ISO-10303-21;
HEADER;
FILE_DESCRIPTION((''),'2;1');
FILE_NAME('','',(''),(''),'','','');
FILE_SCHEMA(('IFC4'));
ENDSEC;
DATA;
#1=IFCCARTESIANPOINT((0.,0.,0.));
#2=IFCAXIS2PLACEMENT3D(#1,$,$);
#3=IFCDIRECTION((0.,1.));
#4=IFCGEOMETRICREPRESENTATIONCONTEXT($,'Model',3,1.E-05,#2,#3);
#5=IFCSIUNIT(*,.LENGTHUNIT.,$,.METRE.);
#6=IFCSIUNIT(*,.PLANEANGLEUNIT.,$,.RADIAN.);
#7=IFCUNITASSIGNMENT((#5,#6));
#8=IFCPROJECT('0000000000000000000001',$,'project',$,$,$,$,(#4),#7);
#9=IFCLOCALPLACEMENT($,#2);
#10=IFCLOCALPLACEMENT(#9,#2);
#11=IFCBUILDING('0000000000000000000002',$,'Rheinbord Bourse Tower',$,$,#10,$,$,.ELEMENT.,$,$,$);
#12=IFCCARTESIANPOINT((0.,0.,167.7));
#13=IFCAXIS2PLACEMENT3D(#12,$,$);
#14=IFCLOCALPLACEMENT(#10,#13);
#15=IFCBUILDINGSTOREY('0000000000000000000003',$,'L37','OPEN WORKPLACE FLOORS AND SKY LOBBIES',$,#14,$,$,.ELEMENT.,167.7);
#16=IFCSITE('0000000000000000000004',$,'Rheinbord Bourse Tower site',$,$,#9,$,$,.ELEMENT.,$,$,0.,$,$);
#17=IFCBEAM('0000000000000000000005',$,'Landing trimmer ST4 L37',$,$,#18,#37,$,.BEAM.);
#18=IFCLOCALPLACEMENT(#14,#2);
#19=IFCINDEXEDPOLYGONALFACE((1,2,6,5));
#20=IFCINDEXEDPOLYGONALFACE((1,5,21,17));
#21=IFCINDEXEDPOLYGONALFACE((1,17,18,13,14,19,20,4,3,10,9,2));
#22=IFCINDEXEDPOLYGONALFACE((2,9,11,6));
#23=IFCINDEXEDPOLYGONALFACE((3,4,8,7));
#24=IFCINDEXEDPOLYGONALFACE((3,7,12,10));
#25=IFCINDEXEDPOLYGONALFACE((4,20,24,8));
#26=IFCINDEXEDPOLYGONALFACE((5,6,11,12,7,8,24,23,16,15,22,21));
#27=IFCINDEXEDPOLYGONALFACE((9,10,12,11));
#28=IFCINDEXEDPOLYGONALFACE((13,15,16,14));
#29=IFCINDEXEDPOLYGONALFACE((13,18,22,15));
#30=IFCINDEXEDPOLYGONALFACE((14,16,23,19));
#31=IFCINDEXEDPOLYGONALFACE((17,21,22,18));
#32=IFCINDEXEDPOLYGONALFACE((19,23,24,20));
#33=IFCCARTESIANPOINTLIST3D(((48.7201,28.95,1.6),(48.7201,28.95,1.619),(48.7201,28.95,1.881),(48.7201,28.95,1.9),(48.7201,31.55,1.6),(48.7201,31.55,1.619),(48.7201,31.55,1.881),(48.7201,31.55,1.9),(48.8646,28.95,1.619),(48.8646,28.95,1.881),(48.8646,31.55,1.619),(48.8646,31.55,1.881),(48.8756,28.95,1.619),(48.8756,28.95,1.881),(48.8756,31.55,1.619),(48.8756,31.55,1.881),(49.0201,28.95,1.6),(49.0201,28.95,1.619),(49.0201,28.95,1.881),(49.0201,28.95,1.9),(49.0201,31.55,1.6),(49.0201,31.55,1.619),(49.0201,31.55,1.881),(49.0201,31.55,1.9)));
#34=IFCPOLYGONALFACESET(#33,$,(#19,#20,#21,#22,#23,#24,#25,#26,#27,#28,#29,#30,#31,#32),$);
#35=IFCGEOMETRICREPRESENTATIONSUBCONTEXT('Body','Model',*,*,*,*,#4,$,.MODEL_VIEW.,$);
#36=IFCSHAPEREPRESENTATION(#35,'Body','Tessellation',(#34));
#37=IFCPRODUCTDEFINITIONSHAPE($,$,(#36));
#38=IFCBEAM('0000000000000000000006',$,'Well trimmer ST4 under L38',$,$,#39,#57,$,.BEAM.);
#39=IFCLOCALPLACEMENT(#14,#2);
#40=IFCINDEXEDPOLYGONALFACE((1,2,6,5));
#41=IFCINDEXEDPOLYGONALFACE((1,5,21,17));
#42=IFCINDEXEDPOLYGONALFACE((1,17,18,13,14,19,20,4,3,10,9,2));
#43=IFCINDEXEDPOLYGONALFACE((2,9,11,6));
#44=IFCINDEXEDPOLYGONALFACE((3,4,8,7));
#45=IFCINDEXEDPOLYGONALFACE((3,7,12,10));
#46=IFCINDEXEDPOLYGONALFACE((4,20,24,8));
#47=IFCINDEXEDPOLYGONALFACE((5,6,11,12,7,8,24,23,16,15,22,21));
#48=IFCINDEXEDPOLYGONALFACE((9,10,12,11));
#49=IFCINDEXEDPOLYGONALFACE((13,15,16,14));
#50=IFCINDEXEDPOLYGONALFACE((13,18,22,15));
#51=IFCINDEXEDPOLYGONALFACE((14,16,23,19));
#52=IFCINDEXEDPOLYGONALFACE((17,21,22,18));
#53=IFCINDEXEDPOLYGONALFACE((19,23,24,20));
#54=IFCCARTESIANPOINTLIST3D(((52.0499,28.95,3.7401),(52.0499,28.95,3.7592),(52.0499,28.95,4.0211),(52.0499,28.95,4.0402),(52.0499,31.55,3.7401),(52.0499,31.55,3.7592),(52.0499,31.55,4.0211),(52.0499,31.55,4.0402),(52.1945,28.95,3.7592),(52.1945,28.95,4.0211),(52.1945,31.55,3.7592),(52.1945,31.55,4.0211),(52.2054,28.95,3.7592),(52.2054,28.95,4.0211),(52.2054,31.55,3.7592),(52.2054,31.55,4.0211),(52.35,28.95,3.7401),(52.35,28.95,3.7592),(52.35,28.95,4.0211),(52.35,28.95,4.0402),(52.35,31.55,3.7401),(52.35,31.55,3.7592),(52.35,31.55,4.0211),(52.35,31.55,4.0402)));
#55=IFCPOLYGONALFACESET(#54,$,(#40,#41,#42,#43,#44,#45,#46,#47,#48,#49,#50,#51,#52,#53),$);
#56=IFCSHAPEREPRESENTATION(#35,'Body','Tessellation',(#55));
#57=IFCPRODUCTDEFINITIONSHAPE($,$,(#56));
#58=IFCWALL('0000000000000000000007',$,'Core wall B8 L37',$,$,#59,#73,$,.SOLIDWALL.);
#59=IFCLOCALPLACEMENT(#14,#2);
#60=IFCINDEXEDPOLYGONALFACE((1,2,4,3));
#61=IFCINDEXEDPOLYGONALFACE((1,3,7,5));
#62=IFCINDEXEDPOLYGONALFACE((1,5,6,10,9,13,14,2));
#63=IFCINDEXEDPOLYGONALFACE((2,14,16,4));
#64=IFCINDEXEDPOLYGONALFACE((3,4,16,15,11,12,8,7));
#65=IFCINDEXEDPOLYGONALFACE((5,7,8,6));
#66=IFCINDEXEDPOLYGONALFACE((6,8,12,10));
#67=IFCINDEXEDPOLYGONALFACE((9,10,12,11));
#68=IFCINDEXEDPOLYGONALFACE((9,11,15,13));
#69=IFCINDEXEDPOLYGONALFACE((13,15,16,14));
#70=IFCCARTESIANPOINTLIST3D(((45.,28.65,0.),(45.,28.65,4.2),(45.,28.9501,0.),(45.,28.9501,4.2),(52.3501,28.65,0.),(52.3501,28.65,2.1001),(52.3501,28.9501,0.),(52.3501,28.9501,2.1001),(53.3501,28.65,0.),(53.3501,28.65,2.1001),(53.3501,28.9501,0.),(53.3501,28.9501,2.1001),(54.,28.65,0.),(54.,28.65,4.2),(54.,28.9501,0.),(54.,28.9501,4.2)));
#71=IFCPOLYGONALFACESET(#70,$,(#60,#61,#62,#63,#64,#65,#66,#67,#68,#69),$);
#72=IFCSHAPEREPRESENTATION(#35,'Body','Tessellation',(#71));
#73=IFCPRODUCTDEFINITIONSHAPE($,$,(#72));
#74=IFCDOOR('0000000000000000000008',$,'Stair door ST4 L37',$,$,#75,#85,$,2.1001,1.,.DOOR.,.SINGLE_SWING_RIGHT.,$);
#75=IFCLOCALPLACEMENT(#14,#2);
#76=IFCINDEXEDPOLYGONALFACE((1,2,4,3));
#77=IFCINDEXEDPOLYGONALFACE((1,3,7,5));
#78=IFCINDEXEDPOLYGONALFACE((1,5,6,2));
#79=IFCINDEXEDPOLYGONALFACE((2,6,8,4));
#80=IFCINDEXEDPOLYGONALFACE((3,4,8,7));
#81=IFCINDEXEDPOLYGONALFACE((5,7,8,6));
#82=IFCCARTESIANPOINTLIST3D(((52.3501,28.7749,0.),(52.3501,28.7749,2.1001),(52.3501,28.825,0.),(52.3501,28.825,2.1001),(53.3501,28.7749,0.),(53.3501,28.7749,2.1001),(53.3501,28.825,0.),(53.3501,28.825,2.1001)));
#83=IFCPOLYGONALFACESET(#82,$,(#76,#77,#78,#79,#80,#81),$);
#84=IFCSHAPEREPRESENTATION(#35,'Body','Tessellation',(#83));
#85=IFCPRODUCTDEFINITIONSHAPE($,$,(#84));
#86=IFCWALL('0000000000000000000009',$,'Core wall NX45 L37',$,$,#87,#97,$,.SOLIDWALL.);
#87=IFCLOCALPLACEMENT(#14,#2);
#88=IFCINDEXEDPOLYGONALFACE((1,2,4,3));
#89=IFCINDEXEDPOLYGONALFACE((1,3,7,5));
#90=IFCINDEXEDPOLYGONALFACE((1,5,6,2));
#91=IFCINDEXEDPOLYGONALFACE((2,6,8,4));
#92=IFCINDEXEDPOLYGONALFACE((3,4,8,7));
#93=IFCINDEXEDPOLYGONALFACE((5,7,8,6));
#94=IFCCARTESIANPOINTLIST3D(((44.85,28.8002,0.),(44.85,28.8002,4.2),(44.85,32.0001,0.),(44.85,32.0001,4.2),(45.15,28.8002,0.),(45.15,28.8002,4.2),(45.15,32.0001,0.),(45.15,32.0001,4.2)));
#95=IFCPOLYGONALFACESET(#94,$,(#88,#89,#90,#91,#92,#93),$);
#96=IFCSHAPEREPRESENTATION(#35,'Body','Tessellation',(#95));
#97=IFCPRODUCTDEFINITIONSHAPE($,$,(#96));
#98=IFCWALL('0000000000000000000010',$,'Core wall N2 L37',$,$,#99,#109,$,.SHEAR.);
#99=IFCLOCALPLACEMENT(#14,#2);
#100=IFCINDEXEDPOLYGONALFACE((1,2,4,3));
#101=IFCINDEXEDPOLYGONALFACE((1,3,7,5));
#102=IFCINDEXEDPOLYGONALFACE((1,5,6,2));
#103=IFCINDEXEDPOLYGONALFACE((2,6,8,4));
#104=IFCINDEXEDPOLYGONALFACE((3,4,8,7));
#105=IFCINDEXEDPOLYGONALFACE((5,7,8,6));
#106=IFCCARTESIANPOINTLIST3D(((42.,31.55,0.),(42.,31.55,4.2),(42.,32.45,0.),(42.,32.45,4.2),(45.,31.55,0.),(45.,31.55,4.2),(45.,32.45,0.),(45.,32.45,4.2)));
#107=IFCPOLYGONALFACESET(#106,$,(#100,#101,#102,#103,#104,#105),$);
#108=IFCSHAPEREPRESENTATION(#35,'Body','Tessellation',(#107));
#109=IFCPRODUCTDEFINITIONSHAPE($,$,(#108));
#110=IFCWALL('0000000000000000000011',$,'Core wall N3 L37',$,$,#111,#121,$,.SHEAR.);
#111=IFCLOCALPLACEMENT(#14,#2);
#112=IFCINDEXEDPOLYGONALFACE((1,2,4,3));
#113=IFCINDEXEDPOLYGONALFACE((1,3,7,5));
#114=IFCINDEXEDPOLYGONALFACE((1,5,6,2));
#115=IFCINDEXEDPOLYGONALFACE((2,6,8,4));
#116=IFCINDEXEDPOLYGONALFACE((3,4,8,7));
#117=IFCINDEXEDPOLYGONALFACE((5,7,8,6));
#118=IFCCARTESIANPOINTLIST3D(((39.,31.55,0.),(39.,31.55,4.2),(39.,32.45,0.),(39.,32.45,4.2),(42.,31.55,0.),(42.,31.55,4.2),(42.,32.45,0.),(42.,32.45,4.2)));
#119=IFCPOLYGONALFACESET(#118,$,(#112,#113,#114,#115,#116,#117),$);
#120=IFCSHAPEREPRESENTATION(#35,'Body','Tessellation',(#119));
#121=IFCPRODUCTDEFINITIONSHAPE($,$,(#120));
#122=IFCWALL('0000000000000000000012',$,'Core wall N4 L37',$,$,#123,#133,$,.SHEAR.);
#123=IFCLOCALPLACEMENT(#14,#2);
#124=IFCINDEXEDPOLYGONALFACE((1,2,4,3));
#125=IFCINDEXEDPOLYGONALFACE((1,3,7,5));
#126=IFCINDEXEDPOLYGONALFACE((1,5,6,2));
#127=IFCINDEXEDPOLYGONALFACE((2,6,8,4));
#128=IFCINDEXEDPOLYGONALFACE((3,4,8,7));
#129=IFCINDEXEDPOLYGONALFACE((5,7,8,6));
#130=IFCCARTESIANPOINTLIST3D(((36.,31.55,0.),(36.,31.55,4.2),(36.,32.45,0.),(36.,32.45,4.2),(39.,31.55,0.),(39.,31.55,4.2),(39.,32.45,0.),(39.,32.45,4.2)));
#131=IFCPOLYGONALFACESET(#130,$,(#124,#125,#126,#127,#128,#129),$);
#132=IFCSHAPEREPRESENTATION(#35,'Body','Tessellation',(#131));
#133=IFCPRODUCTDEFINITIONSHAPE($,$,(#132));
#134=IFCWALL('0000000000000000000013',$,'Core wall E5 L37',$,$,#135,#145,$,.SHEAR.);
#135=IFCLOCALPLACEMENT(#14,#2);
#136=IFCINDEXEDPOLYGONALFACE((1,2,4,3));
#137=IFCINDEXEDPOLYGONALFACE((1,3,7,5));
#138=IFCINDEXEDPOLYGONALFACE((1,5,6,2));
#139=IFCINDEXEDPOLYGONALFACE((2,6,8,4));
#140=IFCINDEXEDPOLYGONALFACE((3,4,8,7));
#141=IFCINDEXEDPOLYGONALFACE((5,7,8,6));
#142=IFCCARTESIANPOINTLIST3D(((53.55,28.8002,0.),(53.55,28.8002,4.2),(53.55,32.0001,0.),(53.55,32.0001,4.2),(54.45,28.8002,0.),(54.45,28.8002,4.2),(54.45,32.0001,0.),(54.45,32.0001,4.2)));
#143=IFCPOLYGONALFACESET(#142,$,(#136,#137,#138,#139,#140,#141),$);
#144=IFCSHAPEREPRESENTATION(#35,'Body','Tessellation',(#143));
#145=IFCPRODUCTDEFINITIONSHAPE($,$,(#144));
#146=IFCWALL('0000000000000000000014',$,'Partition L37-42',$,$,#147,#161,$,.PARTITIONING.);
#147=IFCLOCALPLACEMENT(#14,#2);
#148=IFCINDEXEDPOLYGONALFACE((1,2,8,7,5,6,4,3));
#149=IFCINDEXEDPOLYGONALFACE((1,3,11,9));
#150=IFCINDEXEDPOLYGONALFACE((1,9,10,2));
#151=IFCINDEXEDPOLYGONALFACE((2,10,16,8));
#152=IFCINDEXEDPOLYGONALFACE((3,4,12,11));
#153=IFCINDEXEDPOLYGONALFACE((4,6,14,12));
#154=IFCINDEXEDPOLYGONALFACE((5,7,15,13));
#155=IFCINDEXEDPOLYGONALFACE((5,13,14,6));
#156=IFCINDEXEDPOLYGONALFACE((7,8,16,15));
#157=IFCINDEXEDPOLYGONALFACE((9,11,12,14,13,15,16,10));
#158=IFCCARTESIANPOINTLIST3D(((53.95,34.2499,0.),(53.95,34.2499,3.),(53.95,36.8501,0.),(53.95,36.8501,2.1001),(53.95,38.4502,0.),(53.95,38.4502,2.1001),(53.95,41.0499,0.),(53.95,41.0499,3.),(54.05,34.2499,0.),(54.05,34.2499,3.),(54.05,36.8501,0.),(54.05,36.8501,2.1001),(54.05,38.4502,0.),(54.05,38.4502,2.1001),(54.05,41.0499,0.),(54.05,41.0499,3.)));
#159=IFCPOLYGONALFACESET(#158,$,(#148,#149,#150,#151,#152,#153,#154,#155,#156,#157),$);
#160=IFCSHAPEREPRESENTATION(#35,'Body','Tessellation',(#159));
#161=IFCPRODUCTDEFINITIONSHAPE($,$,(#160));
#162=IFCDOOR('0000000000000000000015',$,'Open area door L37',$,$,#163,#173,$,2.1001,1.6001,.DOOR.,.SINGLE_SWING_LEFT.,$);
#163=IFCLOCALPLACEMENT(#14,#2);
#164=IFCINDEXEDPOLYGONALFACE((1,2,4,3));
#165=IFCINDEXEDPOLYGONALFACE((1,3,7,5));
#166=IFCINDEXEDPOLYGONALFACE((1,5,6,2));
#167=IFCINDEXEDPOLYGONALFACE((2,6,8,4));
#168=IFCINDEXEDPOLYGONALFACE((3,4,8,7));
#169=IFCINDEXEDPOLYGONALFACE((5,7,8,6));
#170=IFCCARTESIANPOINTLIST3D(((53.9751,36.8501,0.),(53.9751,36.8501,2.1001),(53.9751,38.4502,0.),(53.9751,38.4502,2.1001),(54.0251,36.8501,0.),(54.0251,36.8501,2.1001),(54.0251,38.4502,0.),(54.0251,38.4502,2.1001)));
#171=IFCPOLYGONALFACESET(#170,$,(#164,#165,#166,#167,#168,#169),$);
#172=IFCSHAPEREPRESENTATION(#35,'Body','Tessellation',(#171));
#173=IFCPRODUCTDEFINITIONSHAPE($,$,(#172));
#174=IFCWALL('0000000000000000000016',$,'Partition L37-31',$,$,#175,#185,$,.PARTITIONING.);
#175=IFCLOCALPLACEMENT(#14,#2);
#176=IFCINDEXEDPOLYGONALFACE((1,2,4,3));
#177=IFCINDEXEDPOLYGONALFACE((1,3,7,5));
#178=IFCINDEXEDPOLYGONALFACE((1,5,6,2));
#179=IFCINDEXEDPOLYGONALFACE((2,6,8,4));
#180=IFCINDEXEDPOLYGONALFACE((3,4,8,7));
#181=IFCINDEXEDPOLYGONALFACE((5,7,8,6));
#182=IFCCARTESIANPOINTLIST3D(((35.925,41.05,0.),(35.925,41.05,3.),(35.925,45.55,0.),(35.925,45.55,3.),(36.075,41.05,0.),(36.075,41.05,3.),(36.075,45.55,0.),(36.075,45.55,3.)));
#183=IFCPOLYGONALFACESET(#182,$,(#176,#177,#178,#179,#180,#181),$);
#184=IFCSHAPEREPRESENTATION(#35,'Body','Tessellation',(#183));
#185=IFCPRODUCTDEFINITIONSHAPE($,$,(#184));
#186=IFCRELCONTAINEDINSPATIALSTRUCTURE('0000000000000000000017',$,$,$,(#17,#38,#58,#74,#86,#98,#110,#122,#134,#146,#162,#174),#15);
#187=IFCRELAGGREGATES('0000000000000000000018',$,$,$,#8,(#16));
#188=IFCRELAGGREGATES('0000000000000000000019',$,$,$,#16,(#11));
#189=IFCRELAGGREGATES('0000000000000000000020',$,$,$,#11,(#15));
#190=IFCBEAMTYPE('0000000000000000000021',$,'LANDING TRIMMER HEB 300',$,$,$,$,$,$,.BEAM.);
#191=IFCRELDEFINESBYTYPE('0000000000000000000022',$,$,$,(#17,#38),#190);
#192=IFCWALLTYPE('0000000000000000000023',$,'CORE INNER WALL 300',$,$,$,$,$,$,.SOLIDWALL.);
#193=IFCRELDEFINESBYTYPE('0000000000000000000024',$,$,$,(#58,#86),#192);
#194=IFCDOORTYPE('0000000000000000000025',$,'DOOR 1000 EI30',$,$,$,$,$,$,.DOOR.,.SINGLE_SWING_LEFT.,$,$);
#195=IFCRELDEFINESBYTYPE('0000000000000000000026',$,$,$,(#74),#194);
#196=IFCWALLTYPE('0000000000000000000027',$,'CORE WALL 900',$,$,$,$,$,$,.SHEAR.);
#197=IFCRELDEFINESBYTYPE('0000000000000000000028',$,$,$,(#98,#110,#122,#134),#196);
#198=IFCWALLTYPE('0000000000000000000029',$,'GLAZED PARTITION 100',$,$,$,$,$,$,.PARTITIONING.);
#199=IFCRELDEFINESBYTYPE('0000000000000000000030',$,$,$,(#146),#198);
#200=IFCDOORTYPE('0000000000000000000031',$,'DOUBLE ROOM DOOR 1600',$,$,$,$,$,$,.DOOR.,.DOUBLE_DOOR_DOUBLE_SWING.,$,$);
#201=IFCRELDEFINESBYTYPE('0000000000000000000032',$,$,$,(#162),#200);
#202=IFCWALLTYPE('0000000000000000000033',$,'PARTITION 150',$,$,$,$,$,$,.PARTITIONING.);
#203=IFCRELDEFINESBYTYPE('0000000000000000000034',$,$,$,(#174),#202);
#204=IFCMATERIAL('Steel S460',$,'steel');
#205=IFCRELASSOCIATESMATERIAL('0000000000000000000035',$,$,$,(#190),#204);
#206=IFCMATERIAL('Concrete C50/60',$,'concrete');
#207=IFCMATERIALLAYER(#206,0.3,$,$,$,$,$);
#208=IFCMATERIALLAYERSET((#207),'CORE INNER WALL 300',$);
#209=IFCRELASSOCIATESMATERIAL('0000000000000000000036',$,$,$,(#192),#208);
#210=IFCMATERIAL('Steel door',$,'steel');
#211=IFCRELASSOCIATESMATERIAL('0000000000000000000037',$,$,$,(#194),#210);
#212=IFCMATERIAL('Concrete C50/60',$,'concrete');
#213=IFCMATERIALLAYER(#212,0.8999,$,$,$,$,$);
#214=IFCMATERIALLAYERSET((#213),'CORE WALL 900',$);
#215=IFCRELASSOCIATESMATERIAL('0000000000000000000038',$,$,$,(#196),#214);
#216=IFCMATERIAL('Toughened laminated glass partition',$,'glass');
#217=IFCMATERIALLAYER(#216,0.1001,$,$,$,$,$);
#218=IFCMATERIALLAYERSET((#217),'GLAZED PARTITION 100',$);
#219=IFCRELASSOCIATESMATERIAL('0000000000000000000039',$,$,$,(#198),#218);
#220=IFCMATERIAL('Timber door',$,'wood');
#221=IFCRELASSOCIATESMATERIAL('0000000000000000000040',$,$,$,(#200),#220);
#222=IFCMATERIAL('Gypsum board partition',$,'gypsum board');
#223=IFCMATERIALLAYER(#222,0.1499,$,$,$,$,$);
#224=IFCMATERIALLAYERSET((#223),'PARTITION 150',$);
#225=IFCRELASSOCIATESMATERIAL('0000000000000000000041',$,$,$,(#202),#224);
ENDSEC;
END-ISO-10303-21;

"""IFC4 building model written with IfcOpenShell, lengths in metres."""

from ifc_helpers import new_model, si_unit, direction, frame, frame_2d, origin, origin_2d, place, context, subcontext, project, spatial, rectangle, i_section, extrude, material, layer, layer_set, material_profile, profile_set, type_object, element, fill, save


model = new_model("IFC4")

# Units and contexts
model_context = context("Model", 3, precision=1e-05, world=origin(), true_north=direction((0.0, 1.0)))
body_context = subcontext(model_context, "Body", "Model", "MODEL_VIEW")
ifc_project = project(units=[si_unit("LENGTHUNIT", "METRE"), si_unit("PLANEANGLEUNIT", "RADIAN")], contexts=[model_context])

# Site, building, storey
site_placement = place(None, origin())
site = spatial("IfcSite", under=ifc_project, at=site_placement, Name="Rheinbord Bourse Tower site", CompositionType="ELEMENT", RefElevation=0.0)
building_placement = place(site_placement, origin())
building = spatial("IfcBuilding", under=site, at=building_placement, Name="Rheinbord Bourse Tower", CompositionType="ELEMENT")
storey_placement = place(building_placement, frame((0.0, 0.0, 167.7)))
storey = spatial("IfcBuildingStorey", under=building, at=storey_placement, Name="L37", Description="OPEN WORKPLACE FLOORS AND SKY LOBBIES", CompositionType="ELEMENT", Elevation=167.7)

# Beams
ifc_material_1 = material(Name="Steel S460", Category="steel")
ifc_material_profile = material_profile(ifc_material_1, i_section(OverallWidth=0.3, OverallDepth=0.3, WebThickness=0.011, FlangeThickness=0.019, at=origin_2d()), Name="HEB 300")
ifc_profile_set = profile_set([ifc_material_profile], Name="Steel S460")
beam_type = type_object("IfcBeamType", Name="LANDING TRIMMER HEB 300", PredefinedType="BEAM", material=ifc_profile_set)
for number, where, z_axis, x_axis, name in (
    (1, (48.8701, 28.95, 1.75), (0.0, 1.0, 0.0), (-1.0, 0.0, 0.0), "Landing trimmer ST4 L37"),
    (2, (52.2, 28.95, 3.8901), (0.0, 1.0, 0.0), (-1.0, 0.0, 0.0), "Well trimmer ST4 under L38"),
):
    element("IfcBeam", number, at=place(storey_placement, frame(where, z_axis=z_axis, x_axis=x_axis)), inside=storey, type_object=beam_type, Name=name, PredefinedType="BEAM", context=body_context, shape_type="SweptSolid", body=[
        extrude(i_section(OverallWidth=0.3, OverallDepth=0.3, WebThickness=0.011, FlangeThickness=0.019, at=origin_2d()), origin(), (0.0, 0.0, 1.0), 2.6001),
    ])

# Wall, opening, door
ifc_material_2 = material(Name="Concrete C50/60", Category="concrete")
ifc_layer_1 = layer(ifc_material_2, 0.3)
ifc_layer_set_1 = layer_set([ifc_layer_1], Name="CORE INNER WALL 300")
wall_type_1 = type_object("IfcWallType", Name="CORE INNER WALL 300", PredefinedType="SOLIDWALL", material=ifc_layer_set_1)
wall_1_placement = place(storey_placement, frame((45.0, 28.8, 0.0), z_axis=(0.0, 0.0, 1.0), x_axis=(1.0, 0.0, 0.0)))
wall_1 = element("IfcWall", 3, at=wall_1_placement, inside=storey, type_object=wall_type_1, Name="Core wall B8 L37", PredefinedType="SOLIDWALL", context=body_context, shape_type="SweptSolid", body=[
    extrude(rectangle(XDim=9.0, YDim=0.3, at=frame_2d((4.5, 0.0))), origin(), (0.0, 0.0, 1.0), 4.2),
])
opening_1_placement = place(wall_1_placement, frame((7.3501, 0.0, 0.0)))
opening_1 = element("IfcOpeningElement", 4, at=opening_1_placement, cuts=wall_1, PredefinedType="OPENING", context=body_context, shape_type="SweptSolid", body=[
    extrude(rectangle(XDim=1.0, YDim=2.1001, at=frame_2d((0.5, 1.05))), frame((0.0, 0.1599, 0.0), z_axis=(0.0, -1.0, 0.0), x_axis=(1.0, 0.0, 0.0)), (0.0, 0.0, 1.0), 0.3201),
])
ifc_material_3 = material(Name="Steel door", Category="steel")
door_type_1 = type_object("IfcDoorType", Name="DOOR 1000 EI30", OperationType="SINGLE_SWING_LEFT", PredefinedType="DOOR", material=ifc_material_3)
door_1_placement = place(opening_1_placement, origin())
door_1 = element("IfcDoor", 5, at=door_1_placement, inside=storey, type_object=door_type_1, Name="Stair door ST4 L37", OperationType="SINGLE_SWING_RIGHT", OverallHeight=2.1001, OverallWidth=1.0, PredefinedType="DOOR", context=body_context, shape_type="SweptSolid", body=[
    extrude(rectangle(XDim=1.0, YDim=2.1001, at=frame_2d((0.5, 1.05))), frame((0.0, 0.0249, 0.0), z_axis=(0.0, -1.0, 0.0), x_axis=(1.0, 0.0, 0.0)), (0.0, 0.0, 1.0), 0.05),
])
fill(opening_1, door_1)

# Walls
wall_2_placement = place(storey_placement, frame((45.0, 28.8, 0.0), z_axis=(0.0, 0.0, 1.0), x_axis=(0.0, 1.0, 0.0)))
element("IfcWall", 6, at=wall_2_placement, inside=storey, type_object=wall_type_1, Name="Core wall NX45 L37", PredefinedType="SOLIDWALL", context=body_context, shape_type="SweptSolid", body=[
    extrude(rectangle(XDim=3.2, YDim=0.3, at=frame_2d((1.6001, 0.0))), origin(), (0.0, 0.0, 1.0), 4.2),
])
ifc_material_4 = material(Name="Concrete C50/60", Category="concrete")
ifc_layer_2 = layer(ifc_material_4, 0.8999)
ifc_layer_set_2 = layer_set([ifc_layer_2], Name="CORE WALL 900")
wall_type_2 = type_object("IfcWallType", Name="CORE WALL 900", PredefinedType="SHEAR", material=ifc_layer_set_2)
for number, where, z_axis, x_axis, name in (
    (7, (45.0, 32.0, 0.0), (0.0, 0.0, 1.0), (-1.0, 0.0, 0.0), "Core wall N2 L37"),
    (8, (42.0, 32.0, 0.0), (0.0, 0.0, 1.0), (-1.0, 0.0, 0.0), "Core wall N3 L37"),
    (9, (39.0, 32.0, 0.0), (0.0, 0.0, 1.0), (-1.0, 0.0, 0.0), "Core wall N4 L37"),
):
    element("IfcWall", number, at=place(storey_placement, frame(where, z_axis=z_axis, x_axis=x_axis)), inside=storey, type_object=wall_type_2, Name=name, PredefinedType="SHEAR", context=body_context, shape_type="SweptSolid", body=[
        extrude(rectangle(XDim=3.0, YDim=0.8999, at=frame_2d((1.5, 0.0))), origin(), (0.0, 0.0, 1.0), 4.2),
    ])
wall_3_placement = place(storey_placement, frame((54.0, 28.8, 0.0), z_axis=(0.0, 0.0, 1.0), x_axis=(0.0, 1.0, 0.0)))
element("IfcWall", 10, at=wall_3_placement, inside=storey, type_object=wall_type_2, Name="Core wall E5 L37", PredefinedType="SHEAR", context=body_context, shape_type="SweptSolid", body=[
    extrude(rectangle(XDim=3.2, YDim=0.8999, at=frame_2d((1.6001, 0.0))), origin(), (0.0, 0.0, 1.0), 4.2),
])

# Wall, opening, door
ifc_material_5 = material(Name="Toughened laminated glass partition", Category="glass")
ifc_layer_3 = layer(ifc_material_5, 0.1001)
ifc_layer_set_3 = layer_set([ifc_layer_3], Name="GLAZED PARTITION 100")
wall_type_3 = type_object("IfcWallType", Name="GLAZED PARTITION 100", PredefinedType="PARTITIONING", material=ifc_layer_set_3)
wall_4_placement = place(storey_placement, frame((54.0, 34.25, 0.0), z_axis=(0.0, 0.0, 1.0), x_axis=(0.0, 1.0, 0.0)))
wall_4 = element("IfcWall", 11, at=wall_4_placement, inside=storey, type_object=wall_type_3, Name="Partition L37-42", PredefinedType="PARTITIONING", context=body_context, shape_type="SweptSolid", body=[
    extrude(rectangle(XDim=6.8, YDim=0.1001, at=frame_2d((3.3999, 0.0))), origin(), (0.0, 0.0, 1.0), 3.0),
])
opening_2_placement = place(wall_4_placement, frame((2.6001, 0.0, 0.0)))
opening_2 = element("IfcOpeningElement", 12, at=opening_2_placement, cuts=wall_4, PredefinedType="OPENING", context=body_context, shape_type="SweptSolid", body=[
    extrude(rectangle(XDim=1.6001, YDim=2.1001, at=frame_2d((0.8, 1.05))), frame((0.0, 0.0601, 0.0), z_axis=(0.0, -1.0, 0.0), x_axis=(1.0, 0.0, 0.0)), (0.0, 0.0, 1.0), 0.1201),
])
ifc_material_6 = material(Name="Timber door", Category="wood")
door_type_2 = type_object("IfcDoorType", Name="DOUBLE ROOM DOOR 1600", OperationType="DOUBLE_DOOR_DOUBLE_SWING", PredefinedType="DOOR", material=ifc_material_6)
door_2_placement = place(opening_2_placement, origin())
door_2 = element("IfcDoor", 13, at=door_2_placement, inside=storey, type_object=door_type_2, Name="Open area door L37", OperationType="SINGLE_SWING_LEFT", OverallHeight=2.1001, OverallWidth=1.6001, PredefinedType="DOOR", context=body_context, shape_type="SweptSolid", body=[
    extrude(rectangle(XDim=1.6001, YDim=2.1001, at=frame_2d((0.8, 1.05))), frame((0.0, 0.0249, 0.0), z_axis=(0.0, -1.0, 0.0), x_axis=(1.0, 0.0, 0.0)), (0.0, 0.0, 1.0), 0.05),
])
fill(opening_2, door_2)

# Wall
ifc_material_7 = material(Name="Gypsum board partition", Category="gypsum board")
ifc_layer_4 = layer(ifc_material_7, 0.1499)
ifc_layer_set_4 = layer_set([ifc_layer_4], Name="PARTITION 150")
wall_type_4 = type_object("IfcWallType", Name="PARTITION 150", PredefinedType="PARTITIONING", material=ifc_layer_set_4)
for number, where, z_axis, x_axis, name in (
    (14, (36.0, 41.05, 0.0), (0.0, 0.0, 1.0), (0.0, 1.0, 0.0), "Partition L37-31"),
):
    element("IfcWall", number, at=place(storey_placement, frame(where, z_axis=z_axis, x_axis=x_axis)), inside=storey, type_object=wall_type_4, Name=name, PredefinedType="PARTITIONING", context=body_context, shape_type="SweptSolid", body=[
        extrude(rectangle(XDim=4.5, YDim=0.1499, at=frame_2d((2.25, 0.0))), origin(), (0.0, 0.0, 1.0), 3.0),
    ])

save(model, "model.ifc")
